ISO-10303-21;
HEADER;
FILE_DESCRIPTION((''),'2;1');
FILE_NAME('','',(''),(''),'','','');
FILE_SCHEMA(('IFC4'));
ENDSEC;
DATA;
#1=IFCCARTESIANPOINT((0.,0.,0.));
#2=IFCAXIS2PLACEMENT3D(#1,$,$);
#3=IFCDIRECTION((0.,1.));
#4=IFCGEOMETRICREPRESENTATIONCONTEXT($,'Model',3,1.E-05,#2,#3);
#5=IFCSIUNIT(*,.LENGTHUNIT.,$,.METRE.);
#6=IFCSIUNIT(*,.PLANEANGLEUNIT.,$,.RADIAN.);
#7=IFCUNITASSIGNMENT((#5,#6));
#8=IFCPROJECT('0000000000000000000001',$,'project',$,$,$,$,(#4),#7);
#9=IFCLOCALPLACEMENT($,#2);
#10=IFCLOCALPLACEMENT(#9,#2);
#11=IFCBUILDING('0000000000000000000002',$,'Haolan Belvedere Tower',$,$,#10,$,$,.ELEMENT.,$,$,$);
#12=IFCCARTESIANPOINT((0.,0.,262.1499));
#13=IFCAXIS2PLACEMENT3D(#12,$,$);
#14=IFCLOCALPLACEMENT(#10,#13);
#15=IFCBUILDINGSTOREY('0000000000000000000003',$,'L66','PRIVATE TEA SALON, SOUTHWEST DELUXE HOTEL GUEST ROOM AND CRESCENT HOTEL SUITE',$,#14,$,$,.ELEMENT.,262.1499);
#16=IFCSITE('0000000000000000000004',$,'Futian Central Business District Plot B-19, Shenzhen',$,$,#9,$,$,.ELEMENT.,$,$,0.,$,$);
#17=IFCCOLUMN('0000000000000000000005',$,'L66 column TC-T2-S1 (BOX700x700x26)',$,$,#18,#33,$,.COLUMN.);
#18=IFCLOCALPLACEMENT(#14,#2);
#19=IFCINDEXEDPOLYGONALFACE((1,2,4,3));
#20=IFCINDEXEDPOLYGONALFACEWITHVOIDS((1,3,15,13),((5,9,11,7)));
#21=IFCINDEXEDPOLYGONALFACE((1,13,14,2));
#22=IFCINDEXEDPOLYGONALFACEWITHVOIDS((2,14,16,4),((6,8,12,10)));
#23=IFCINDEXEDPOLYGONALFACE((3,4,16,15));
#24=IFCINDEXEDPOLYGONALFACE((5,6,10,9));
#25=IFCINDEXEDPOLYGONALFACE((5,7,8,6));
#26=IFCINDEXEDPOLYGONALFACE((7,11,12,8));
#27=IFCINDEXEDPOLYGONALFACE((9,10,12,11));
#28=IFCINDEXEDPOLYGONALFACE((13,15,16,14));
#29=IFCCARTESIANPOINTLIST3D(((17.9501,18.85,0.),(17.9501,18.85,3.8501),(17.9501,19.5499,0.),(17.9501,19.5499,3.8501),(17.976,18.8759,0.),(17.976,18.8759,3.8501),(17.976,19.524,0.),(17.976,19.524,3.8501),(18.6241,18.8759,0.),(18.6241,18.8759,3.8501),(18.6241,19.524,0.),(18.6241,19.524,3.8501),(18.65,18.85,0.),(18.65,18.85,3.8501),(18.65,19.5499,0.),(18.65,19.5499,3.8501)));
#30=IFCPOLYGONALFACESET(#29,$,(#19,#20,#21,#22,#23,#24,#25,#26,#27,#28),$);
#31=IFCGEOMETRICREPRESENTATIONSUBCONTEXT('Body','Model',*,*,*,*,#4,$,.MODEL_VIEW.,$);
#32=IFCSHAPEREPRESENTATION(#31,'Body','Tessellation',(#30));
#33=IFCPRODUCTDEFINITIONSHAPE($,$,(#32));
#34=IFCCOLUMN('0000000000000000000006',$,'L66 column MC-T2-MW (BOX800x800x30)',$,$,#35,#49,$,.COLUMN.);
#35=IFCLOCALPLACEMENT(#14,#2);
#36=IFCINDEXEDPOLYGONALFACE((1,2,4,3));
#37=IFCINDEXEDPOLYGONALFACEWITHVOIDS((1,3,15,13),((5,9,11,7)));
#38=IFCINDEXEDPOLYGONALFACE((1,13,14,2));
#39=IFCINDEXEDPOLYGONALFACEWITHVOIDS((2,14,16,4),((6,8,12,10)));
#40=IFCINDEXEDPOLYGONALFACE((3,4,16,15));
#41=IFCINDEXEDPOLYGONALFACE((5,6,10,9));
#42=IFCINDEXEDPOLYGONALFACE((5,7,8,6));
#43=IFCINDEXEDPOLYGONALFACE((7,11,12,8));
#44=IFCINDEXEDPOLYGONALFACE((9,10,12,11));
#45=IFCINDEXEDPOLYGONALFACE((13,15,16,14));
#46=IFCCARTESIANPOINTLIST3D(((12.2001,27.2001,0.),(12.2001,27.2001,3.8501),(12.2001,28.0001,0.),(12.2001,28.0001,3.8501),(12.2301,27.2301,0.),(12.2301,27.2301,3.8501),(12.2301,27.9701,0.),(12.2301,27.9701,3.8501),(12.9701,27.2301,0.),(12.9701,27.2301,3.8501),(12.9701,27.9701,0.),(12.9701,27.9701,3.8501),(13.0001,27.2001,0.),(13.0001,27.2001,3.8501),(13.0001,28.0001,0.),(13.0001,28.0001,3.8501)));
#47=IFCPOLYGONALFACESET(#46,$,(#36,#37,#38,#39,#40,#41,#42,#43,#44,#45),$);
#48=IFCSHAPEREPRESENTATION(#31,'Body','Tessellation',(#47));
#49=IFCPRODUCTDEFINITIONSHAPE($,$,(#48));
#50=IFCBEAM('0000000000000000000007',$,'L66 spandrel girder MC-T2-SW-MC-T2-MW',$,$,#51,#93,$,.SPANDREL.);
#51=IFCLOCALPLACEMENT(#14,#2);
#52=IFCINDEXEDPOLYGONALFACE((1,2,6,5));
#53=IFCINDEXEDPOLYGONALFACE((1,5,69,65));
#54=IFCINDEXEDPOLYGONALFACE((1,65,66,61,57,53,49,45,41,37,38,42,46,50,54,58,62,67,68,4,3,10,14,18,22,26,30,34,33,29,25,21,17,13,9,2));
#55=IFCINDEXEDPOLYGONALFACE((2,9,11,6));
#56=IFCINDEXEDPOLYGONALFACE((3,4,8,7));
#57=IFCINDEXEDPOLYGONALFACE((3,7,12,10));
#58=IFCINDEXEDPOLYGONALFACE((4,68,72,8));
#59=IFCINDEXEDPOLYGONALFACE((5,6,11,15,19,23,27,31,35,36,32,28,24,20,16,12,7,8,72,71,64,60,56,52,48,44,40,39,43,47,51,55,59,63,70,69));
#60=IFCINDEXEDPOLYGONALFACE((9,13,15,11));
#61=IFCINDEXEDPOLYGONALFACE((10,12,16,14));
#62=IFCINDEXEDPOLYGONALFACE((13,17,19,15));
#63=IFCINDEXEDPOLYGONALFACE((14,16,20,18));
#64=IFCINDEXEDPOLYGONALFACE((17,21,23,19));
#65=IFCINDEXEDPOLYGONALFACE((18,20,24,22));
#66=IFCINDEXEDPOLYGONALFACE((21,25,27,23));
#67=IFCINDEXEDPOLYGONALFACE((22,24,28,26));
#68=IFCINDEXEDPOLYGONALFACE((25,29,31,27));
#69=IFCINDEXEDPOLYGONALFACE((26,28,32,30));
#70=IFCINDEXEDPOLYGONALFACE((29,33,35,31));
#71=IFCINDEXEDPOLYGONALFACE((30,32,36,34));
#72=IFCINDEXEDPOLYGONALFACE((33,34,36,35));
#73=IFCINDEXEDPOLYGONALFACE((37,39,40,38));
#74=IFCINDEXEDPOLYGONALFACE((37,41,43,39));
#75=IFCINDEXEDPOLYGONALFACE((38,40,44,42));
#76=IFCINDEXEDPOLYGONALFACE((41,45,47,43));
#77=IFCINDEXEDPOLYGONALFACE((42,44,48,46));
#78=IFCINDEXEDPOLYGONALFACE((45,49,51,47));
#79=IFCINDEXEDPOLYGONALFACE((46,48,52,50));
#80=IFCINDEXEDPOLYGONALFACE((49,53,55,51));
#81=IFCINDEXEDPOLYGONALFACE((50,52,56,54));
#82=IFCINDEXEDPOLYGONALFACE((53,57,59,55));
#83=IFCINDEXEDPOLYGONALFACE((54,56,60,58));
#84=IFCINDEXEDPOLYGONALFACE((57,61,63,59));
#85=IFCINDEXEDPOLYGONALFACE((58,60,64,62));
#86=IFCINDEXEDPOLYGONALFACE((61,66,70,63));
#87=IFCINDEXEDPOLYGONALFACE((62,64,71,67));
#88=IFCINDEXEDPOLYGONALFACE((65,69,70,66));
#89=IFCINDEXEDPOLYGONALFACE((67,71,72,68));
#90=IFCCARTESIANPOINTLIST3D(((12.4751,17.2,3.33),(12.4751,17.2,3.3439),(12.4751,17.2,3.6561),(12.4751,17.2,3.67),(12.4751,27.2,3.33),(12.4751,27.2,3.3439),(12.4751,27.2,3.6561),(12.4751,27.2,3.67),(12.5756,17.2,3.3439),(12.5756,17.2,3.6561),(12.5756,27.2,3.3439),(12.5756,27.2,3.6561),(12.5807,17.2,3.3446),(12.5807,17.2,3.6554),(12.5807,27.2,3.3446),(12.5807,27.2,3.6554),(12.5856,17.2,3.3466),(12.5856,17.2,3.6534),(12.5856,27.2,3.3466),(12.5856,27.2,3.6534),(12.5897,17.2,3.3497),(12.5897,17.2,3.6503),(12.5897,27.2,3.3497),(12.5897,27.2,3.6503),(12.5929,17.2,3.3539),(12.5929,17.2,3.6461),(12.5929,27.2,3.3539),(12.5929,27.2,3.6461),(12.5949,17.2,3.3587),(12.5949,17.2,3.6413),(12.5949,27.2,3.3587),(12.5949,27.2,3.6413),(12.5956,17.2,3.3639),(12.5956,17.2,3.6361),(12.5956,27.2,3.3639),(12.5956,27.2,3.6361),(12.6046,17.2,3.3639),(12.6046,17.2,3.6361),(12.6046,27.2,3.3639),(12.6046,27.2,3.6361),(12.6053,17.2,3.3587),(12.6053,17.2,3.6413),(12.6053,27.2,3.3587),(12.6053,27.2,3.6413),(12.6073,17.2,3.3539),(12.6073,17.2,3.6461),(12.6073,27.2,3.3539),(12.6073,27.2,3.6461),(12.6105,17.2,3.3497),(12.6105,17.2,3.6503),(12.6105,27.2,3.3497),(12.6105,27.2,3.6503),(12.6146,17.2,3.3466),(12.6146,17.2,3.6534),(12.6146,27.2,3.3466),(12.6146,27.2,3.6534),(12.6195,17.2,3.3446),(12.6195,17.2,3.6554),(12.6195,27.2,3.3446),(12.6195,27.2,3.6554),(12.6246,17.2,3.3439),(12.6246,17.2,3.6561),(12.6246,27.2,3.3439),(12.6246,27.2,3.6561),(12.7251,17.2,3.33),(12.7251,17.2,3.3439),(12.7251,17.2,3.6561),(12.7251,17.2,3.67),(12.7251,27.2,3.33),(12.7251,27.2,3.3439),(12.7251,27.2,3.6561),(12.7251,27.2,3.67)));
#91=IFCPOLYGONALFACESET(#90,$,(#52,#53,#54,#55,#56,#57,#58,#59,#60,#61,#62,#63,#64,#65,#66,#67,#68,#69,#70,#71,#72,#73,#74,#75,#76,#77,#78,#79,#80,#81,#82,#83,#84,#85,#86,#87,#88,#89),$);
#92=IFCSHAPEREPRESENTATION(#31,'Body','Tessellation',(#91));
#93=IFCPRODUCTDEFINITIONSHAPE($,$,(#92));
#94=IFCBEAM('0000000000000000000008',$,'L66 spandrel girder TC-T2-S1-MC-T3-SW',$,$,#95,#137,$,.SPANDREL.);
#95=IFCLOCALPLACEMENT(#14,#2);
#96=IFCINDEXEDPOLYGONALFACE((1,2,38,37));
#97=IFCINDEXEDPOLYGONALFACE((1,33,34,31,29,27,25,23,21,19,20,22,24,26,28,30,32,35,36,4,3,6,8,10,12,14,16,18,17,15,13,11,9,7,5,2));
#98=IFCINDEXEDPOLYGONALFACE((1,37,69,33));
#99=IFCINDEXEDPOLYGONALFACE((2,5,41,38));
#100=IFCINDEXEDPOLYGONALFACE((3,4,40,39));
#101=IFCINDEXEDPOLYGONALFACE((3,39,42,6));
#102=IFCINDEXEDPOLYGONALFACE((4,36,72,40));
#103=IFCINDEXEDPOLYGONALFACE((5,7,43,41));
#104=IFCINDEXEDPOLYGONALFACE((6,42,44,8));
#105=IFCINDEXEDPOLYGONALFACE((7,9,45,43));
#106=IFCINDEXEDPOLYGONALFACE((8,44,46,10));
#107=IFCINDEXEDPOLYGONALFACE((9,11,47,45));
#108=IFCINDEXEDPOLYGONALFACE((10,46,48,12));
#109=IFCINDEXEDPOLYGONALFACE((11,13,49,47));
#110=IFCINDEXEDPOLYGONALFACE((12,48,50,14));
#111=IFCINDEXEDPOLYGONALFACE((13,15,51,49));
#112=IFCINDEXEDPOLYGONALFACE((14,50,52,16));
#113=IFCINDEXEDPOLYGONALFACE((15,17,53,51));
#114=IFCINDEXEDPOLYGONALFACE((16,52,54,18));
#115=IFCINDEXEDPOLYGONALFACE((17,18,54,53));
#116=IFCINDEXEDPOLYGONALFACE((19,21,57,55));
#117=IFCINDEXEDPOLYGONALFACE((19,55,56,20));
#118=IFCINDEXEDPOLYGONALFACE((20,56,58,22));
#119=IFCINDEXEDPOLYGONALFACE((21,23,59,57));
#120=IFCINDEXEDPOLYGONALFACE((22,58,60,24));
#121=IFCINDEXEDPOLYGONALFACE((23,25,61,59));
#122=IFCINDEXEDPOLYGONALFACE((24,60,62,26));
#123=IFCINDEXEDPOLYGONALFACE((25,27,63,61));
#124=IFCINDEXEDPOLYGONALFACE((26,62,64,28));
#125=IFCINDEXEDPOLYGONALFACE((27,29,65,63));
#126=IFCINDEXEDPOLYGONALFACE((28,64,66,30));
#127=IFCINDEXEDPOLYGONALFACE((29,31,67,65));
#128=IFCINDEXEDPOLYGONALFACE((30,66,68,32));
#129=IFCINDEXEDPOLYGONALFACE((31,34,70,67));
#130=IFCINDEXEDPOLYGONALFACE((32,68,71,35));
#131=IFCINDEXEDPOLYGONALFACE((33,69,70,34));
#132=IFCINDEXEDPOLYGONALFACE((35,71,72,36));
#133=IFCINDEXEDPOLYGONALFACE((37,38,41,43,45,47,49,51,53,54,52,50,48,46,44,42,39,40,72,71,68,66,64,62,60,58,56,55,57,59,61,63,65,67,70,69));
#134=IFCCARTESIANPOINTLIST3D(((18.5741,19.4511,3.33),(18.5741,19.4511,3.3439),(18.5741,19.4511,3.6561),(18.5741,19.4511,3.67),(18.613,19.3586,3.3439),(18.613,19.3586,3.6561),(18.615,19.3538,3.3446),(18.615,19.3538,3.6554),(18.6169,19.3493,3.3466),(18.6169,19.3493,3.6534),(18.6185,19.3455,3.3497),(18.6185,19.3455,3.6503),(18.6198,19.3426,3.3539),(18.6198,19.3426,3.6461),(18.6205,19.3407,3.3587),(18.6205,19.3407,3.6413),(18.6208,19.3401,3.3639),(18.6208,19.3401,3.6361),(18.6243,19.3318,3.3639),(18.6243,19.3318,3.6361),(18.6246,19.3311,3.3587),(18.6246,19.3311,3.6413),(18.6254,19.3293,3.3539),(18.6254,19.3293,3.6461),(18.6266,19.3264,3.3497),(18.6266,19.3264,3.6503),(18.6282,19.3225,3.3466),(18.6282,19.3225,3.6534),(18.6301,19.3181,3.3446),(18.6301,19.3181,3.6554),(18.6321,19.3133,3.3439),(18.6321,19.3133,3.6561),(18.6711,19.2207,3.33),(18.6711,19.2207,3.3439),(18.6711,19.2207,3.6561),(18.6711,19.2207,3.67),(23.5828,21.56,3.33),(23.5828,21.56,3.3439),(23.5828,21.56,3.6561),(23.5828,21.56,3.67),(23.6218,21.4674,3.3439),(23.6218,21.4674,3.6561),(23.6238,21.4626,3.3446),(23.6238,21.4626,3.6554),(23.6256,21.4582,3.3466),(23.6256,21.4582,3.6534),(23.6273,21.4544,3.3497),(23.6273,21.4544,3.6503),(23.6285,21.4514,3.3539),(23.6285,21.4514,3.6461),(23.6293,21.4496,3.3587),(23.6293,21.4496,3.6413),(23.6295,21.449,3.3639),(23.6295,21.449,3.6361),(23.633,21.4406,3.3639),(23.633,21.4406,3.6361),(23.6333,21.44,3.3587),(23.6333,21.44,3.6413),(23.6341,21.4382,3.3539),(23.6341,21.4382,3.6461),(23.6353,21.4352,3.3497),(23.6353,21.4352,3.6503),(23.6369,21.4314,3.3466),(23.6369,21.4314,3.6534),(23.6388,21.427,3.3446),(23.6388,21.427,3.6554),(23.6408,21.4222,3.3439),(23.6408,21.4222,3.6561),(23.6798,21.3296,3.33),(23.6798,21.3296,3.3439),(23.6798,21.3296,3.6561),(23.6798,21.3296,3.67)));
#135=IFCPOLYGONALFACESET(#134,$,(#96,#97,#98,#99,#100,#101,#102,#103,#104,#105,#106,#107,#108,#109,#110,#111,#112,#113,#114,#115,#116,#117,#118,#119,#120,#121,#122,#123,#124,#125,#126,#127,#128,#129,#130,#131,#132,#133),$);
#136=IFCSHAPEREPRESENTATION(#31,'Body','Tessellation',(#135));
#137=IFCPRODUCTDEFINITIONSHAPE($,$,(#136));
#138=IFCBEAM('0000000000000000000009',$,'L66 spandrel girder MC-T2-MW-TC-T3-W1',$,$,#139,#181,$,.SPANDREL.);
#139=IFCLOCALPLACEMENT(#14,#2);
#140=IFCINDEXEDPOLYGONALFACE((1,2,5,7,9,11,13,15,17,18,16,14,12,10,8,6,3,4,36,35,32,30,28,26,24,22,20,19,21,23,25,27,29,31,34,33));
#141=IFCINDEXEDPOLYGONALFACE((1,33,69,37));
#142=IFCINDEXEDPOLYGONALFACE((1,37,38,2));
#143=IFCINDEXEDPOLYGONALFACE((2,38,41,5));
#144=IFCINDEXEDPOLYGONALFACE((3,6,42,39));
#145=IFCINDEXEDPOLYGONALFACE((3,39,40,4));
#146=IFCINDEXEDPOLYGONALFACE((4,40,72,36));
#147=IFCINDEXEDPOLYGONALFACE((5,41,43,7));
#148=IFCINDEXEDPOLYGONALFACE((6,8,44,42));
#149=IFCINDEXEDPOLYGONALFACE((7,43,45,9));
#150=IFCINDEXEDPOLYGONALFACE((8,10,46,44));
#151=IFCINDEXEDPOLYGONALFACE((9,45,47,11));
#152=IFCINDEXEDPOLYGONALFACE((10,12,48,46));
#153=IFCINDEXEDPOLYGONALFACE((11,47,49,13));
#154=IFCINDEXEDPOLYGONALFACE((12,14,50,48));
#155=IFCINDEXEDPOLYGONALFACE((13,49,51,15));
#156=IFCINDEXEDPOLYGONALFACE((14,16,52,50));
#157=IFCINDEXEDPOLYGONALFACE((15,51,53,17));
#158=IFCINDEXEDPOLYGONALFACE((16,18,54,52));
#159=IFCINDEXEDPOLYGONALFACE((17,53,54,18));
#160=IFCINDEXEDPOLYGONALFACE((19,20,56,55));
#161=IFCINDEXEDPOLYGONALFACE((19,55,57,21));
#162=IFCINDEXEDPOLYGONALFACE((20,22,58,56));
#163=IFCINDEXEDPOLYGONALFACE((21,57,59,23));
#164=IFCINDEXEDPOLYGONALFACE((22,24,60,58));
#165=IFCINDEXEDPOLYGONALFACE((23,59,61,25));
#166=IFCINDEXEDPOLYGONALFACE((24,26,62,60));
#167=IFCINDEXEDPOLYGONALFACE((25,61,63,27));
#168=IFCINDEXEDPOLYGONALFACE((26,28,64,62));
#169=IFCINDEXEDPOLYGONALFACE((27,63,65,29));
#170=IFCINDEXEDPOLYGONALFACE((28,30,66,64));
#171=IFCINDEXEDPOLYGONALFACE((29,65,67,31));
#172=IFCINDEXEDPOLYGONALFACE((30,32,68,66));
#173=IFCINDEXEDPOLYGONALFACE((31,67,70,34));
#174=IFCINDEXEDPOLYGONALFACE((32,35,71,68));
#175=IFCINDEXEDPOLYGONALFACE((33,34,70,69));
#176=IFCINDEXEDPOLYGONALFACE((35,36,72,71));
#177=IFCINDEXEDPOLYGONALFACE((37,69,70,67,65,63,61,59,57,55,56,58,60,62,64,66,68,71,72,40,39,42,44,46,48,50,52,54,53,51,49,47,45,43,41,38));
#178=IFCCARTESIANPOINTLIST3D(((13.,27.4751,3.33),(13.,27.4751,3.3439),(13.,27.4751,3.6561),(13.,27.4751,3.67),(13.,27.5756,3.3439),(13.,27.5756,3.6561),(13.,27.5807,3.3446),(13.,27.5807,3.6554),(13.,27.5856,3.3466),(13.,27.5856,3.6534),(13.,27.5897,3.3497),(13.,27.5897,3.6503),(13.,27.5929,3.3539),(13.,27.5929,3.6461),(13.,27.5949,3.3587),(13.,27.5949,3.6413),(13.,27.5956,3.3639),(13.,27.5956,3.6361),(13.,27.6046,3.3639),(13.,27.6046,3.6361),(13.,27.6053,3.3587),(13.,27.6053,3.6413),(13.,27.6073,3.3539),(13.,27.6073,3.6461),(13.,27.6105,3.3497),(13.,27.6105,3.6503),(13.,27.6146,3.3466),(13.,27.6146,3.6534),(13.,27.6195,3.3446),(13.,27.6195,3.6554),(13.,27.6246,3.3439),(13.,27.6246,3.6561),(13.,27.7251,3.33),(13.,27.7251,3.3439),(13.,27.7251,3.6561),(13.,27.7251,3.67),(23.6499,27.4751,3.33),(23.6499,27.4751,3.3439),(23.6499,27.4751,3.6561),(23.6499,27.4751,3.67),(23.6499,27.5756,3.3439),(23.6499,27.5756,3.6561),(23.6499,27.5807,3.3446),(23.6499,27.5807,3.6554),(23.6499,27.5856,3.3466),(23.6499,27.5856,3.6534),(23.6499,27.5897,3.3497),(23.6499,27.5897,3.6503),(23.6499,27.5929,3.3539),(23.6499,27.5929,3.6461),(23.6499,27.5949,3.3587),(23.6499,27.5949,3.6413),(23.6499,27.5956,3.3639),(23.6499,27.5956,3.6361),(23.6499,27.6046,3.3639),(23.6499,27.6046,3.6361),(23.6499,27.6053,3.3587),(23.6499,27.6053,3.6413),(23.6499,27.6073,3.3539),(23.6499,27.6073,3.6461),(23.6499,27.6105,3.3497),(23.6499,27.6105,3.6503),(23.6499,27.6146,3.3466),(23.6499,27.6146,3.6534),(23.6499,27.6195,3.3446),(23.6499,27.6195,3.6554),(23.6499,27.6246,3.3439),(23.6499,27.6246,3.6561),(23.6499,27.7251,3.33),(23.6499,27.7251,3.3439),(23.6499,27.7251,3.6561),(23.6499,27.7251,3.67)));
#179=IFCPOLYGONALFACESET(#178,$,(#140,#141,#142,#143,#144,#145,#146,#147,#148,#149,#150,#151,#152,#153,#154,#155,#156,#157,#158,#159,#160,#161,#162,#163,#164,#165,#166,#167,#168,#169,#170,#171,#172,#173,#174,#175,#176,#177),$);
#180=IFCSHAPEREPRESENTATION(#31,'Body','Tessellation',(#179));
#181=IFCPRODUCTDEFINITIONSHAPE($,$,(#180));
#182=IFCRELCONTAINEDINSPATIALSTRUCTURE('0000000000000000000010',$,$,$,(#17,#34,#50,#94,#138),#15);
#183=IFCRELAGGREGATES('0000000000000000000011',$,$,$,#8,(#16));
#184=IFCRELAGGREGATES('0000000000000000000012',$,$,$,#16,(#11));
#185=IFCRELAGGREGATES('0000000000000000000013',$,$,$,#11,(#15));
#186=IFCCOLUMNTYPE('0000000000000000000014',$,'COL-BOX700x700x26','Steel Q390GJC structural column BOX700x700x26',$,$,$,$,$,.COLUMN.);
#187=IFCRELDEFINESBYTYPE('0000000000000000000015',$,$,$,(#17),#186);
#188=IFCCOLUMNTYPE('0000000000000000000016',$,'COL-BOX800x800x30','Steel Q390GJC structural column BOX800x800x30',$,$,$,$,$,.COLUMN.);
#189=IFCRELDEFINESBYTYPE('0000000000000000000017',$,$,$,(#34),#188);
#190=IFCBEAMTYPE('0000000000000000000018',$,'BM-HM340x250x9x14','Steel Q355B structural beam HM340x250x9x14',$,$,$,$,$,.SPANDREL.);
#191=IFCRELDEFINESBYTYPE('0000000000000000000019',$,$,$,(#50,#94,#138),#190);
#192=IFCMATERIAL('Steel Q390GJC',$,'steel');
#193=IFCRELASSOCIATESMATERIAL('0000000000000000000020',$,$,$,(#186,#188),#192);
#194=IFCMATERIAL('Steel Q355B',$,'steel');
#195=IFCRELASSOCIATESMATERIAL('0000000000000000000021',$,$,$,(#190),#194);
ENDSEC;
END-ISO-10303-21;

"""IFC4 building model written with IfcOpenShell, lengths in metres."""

from ifc_helpers import new_model, si_unit, direction, frame, origin, origin_2d, place, context, subcontext, project, spatial, hollow_rectangle, i_section, extrude, material, material_profile, profile_set, type_object, element, save


model = new_model("IFC4")

# Units and contexts
model_context = context("Model", 3, precision=1e-05, world=origin(), true_north=direction((0.0, 1.0)))
body_context = subcontext(model_context, "Body", "Model", "MODEL_VIEW")
ifc_project = project(units=[si_unit("LENGTHUNIT", "METRE"), si_unit("PLANEANGLEUNIT", "RADIAN")], contexts=[model_context])

# Site, building, storey
site_placement = place(None, origin())
site = spatial("IfcSite", under=ifc_project, at=site_placement, Name="Futian Central Business District Plot B-19, Shenzhen", CompositionType="ELEMENT", RefElevation=0.0)
building_placement = place(site_placement, origin())
building = spatial("IfcBuilding", under=site, at=building_placement, Name="Haolan Belvedere Tower", CompositionType="ELEMENT")
storey_placement = place(building_placement, frame((0.0, 0.0, 262.1499)))
storey = spatial("IfcBuildingStorey", under=building, at=storey_placement, Name="L66", Description="PRIVATE TEA SALON, SOUTHWEST DELUXE HOTEL GUEST ROOM AND CRESCENT HOTEL SUITE", CompositionType="ELEMENT", Elevation=262.1499)

# Columns
ifc_material_1 = material(Name="Steel Q390GJC", Category="steel")
ifc_material_profile_1 = material_profile(ifc_material_1, hollow_rectangle(XDim=0.7, YDim=0.7, WallThickness=0.0259, at=origin_2d()), Name="Steel Q390GJC")
ifc_profile_set_1 = profile_set([ifc_material_profile_1], Name="Steel Q390GJC")
column_type_1 = type_object("IfcColumnType", Name="COL-BOX700x700x26", Description="Steel Q390GJC structural column BOX700x700x26", PredefinedType="COLUMN", material=ifc_profile_set_1)
column_1_placement = place(storey_placement, frame((18.3, 19.2, 0.0), z_axis=(0.0, 0.0, 1.0), x_axis=(1.0, 0.0, 0.0)))
element("IfcColumn", 1, at=column_1_placement, inside=storey, type_object=column_type_1, Name="L66 column TC-T2-S1 (BOX700x700x26)", PredefinedType="COLUMN", context=body_context, shape_type="SweptSolid", body=[
    extrude(hollow_rectangle(XDim=0.7, YDim=0.7, WallThickness=0.0259, at=origin_2d()), origin(), (0.0, 0.0, 1.0), 3.8501),
])
ifc_material_profile_2 = material_profile(ifc_material_1, hollow_rectangle(XDim=0.8, YDim=0.8, WallThickness=0.03, at=origin_2d()), Name="Steel Q390GJC")
ifc_profile_set_2 = profile_set([ifc_material_profile_2], Name="Steel Q390GJC")
column_type_2 = type_object("IfcColumnType", Name="COL-BOX800x800x30", Description="Steel Q390GJC structural column BOX800x800x30", PredefinedType="COLUMN", material=ifc_profile_set_2)
column_2_placement = place(storey_placement, frame((12.6001, 27.6001, 0.0), z_axis=(0.0, 0.0, 1.0), x_axis=(1.0, 0.0, 0.0)))
element("IfcColumn", 2, at=column_2_placement, inside=storey, type_object=column_type_2, Name="L66 column MC-T2-MW (BOX800x800x30)", PredefinedType="COLUMN", context=body_context, shape_type="SweptSolid", body=[
    extrude(hollow_rectangle(XDim=0.8, YDim=0.8, WallThickness=0.03, at=origin_2d()), origin(), (0.0, 0.0, 1.0), 3.8501),
])

# Beams
ifc_material_2 = material(Name="Steel Q355B", Category="steel")
ifc_material_profile_3 = material_profile(ifc_material_2, i_section(OverallWidth=0.25, OverallDepth=0.3401, WebThickness=0.009, FlangeThickness=0.0139, FilletRadius=0.02, at=origin_2d()), Name="Steel Q355B")
ifc_profile_set_3 = profile_set([ifc_material_profile_3], Name="Steel Q355B")
beam_type_1 = type_object("IfcBeamType", Name="BM-HM340x250x9x14", Description="Steel Q355B structural beam HM340x250x9x14", PredefinedType="SPANDREL", material=ifc_profile_set_3)
beam_1_placement = place(storey_placement, frame((12.6001, 17.2, 3.5), z_axis=(0.0, 1.0, 0.0), x_axis=(-1.0, 0.0, 0.0)))
element("IfcBeam", 3, at=beam_1_placement, inside=storey, type_object=beam_type_1, Name="L66 spandrel girder MC-T2-SW-MC-T2-MW", PredefinedType="SPANDREL", context=body_context, shape_type="SweptSolid", body=[
    extrude(i_section(OverallWidth=0.25, OverallDepth=0.3401, WebThickness=0.009, FlangeThickness=0.0139, FilletRadius=0.02, at=origin_2d()), origin(), (0.0, 0.0, 1.0), 10.0),
])
beam_2_placement = place(storey_placement, frame((18.6226, 19.3359, 3.5), z_axis=(0.92164, 0.388045, 0.0), x_axis=(-0.388045, 0.92164, 0.0)))
element("IfcBeam", 4, at=beam_2_placement, inside=storey, type_object=beam_type_1, Name="L66 spandrel girder TC-T2-S1-MC-T3-SW", PredefinedType="SPANDREL", context=body_context, shape_type="SweptSolid", body=[
    extrude(i_section(OverallWidth=0.25, OverallDepth=0.3401, WebThickness=0.009, FlangeThickness=0.0139, FilletRadius=0.02, at=origin_2d()), origin(), (0.0, 0.0, 1.0), 5.4346),
])
beam_3_placement = place(storey_placement, frame((13.0, 27.6001, 3.5), z_axis=(1.0, 0.0, 0.0), x_axis=(0.0, 1.0, 0.0)))
element("IfcBeam", 5, at=beam_3_placement, inside=storey, type_object=beam_type_1, Name="L66 spandrel girder MC-T2-MW-TC-T3-W1", PredefinedType="SPANDREL", context=body_context, shape_type="SweptSolid", body=[
    extrude(i_section(OverallWidth=0.25, OverallDepth=0.3401, WebThickness=0.009, FlangeThickness=0.0139, FilletRadius=0.02, at=origin_2d()), origin(), (0.0, 0.0, 1.0), 10.6499),
])

save(model, "model.ifc")
